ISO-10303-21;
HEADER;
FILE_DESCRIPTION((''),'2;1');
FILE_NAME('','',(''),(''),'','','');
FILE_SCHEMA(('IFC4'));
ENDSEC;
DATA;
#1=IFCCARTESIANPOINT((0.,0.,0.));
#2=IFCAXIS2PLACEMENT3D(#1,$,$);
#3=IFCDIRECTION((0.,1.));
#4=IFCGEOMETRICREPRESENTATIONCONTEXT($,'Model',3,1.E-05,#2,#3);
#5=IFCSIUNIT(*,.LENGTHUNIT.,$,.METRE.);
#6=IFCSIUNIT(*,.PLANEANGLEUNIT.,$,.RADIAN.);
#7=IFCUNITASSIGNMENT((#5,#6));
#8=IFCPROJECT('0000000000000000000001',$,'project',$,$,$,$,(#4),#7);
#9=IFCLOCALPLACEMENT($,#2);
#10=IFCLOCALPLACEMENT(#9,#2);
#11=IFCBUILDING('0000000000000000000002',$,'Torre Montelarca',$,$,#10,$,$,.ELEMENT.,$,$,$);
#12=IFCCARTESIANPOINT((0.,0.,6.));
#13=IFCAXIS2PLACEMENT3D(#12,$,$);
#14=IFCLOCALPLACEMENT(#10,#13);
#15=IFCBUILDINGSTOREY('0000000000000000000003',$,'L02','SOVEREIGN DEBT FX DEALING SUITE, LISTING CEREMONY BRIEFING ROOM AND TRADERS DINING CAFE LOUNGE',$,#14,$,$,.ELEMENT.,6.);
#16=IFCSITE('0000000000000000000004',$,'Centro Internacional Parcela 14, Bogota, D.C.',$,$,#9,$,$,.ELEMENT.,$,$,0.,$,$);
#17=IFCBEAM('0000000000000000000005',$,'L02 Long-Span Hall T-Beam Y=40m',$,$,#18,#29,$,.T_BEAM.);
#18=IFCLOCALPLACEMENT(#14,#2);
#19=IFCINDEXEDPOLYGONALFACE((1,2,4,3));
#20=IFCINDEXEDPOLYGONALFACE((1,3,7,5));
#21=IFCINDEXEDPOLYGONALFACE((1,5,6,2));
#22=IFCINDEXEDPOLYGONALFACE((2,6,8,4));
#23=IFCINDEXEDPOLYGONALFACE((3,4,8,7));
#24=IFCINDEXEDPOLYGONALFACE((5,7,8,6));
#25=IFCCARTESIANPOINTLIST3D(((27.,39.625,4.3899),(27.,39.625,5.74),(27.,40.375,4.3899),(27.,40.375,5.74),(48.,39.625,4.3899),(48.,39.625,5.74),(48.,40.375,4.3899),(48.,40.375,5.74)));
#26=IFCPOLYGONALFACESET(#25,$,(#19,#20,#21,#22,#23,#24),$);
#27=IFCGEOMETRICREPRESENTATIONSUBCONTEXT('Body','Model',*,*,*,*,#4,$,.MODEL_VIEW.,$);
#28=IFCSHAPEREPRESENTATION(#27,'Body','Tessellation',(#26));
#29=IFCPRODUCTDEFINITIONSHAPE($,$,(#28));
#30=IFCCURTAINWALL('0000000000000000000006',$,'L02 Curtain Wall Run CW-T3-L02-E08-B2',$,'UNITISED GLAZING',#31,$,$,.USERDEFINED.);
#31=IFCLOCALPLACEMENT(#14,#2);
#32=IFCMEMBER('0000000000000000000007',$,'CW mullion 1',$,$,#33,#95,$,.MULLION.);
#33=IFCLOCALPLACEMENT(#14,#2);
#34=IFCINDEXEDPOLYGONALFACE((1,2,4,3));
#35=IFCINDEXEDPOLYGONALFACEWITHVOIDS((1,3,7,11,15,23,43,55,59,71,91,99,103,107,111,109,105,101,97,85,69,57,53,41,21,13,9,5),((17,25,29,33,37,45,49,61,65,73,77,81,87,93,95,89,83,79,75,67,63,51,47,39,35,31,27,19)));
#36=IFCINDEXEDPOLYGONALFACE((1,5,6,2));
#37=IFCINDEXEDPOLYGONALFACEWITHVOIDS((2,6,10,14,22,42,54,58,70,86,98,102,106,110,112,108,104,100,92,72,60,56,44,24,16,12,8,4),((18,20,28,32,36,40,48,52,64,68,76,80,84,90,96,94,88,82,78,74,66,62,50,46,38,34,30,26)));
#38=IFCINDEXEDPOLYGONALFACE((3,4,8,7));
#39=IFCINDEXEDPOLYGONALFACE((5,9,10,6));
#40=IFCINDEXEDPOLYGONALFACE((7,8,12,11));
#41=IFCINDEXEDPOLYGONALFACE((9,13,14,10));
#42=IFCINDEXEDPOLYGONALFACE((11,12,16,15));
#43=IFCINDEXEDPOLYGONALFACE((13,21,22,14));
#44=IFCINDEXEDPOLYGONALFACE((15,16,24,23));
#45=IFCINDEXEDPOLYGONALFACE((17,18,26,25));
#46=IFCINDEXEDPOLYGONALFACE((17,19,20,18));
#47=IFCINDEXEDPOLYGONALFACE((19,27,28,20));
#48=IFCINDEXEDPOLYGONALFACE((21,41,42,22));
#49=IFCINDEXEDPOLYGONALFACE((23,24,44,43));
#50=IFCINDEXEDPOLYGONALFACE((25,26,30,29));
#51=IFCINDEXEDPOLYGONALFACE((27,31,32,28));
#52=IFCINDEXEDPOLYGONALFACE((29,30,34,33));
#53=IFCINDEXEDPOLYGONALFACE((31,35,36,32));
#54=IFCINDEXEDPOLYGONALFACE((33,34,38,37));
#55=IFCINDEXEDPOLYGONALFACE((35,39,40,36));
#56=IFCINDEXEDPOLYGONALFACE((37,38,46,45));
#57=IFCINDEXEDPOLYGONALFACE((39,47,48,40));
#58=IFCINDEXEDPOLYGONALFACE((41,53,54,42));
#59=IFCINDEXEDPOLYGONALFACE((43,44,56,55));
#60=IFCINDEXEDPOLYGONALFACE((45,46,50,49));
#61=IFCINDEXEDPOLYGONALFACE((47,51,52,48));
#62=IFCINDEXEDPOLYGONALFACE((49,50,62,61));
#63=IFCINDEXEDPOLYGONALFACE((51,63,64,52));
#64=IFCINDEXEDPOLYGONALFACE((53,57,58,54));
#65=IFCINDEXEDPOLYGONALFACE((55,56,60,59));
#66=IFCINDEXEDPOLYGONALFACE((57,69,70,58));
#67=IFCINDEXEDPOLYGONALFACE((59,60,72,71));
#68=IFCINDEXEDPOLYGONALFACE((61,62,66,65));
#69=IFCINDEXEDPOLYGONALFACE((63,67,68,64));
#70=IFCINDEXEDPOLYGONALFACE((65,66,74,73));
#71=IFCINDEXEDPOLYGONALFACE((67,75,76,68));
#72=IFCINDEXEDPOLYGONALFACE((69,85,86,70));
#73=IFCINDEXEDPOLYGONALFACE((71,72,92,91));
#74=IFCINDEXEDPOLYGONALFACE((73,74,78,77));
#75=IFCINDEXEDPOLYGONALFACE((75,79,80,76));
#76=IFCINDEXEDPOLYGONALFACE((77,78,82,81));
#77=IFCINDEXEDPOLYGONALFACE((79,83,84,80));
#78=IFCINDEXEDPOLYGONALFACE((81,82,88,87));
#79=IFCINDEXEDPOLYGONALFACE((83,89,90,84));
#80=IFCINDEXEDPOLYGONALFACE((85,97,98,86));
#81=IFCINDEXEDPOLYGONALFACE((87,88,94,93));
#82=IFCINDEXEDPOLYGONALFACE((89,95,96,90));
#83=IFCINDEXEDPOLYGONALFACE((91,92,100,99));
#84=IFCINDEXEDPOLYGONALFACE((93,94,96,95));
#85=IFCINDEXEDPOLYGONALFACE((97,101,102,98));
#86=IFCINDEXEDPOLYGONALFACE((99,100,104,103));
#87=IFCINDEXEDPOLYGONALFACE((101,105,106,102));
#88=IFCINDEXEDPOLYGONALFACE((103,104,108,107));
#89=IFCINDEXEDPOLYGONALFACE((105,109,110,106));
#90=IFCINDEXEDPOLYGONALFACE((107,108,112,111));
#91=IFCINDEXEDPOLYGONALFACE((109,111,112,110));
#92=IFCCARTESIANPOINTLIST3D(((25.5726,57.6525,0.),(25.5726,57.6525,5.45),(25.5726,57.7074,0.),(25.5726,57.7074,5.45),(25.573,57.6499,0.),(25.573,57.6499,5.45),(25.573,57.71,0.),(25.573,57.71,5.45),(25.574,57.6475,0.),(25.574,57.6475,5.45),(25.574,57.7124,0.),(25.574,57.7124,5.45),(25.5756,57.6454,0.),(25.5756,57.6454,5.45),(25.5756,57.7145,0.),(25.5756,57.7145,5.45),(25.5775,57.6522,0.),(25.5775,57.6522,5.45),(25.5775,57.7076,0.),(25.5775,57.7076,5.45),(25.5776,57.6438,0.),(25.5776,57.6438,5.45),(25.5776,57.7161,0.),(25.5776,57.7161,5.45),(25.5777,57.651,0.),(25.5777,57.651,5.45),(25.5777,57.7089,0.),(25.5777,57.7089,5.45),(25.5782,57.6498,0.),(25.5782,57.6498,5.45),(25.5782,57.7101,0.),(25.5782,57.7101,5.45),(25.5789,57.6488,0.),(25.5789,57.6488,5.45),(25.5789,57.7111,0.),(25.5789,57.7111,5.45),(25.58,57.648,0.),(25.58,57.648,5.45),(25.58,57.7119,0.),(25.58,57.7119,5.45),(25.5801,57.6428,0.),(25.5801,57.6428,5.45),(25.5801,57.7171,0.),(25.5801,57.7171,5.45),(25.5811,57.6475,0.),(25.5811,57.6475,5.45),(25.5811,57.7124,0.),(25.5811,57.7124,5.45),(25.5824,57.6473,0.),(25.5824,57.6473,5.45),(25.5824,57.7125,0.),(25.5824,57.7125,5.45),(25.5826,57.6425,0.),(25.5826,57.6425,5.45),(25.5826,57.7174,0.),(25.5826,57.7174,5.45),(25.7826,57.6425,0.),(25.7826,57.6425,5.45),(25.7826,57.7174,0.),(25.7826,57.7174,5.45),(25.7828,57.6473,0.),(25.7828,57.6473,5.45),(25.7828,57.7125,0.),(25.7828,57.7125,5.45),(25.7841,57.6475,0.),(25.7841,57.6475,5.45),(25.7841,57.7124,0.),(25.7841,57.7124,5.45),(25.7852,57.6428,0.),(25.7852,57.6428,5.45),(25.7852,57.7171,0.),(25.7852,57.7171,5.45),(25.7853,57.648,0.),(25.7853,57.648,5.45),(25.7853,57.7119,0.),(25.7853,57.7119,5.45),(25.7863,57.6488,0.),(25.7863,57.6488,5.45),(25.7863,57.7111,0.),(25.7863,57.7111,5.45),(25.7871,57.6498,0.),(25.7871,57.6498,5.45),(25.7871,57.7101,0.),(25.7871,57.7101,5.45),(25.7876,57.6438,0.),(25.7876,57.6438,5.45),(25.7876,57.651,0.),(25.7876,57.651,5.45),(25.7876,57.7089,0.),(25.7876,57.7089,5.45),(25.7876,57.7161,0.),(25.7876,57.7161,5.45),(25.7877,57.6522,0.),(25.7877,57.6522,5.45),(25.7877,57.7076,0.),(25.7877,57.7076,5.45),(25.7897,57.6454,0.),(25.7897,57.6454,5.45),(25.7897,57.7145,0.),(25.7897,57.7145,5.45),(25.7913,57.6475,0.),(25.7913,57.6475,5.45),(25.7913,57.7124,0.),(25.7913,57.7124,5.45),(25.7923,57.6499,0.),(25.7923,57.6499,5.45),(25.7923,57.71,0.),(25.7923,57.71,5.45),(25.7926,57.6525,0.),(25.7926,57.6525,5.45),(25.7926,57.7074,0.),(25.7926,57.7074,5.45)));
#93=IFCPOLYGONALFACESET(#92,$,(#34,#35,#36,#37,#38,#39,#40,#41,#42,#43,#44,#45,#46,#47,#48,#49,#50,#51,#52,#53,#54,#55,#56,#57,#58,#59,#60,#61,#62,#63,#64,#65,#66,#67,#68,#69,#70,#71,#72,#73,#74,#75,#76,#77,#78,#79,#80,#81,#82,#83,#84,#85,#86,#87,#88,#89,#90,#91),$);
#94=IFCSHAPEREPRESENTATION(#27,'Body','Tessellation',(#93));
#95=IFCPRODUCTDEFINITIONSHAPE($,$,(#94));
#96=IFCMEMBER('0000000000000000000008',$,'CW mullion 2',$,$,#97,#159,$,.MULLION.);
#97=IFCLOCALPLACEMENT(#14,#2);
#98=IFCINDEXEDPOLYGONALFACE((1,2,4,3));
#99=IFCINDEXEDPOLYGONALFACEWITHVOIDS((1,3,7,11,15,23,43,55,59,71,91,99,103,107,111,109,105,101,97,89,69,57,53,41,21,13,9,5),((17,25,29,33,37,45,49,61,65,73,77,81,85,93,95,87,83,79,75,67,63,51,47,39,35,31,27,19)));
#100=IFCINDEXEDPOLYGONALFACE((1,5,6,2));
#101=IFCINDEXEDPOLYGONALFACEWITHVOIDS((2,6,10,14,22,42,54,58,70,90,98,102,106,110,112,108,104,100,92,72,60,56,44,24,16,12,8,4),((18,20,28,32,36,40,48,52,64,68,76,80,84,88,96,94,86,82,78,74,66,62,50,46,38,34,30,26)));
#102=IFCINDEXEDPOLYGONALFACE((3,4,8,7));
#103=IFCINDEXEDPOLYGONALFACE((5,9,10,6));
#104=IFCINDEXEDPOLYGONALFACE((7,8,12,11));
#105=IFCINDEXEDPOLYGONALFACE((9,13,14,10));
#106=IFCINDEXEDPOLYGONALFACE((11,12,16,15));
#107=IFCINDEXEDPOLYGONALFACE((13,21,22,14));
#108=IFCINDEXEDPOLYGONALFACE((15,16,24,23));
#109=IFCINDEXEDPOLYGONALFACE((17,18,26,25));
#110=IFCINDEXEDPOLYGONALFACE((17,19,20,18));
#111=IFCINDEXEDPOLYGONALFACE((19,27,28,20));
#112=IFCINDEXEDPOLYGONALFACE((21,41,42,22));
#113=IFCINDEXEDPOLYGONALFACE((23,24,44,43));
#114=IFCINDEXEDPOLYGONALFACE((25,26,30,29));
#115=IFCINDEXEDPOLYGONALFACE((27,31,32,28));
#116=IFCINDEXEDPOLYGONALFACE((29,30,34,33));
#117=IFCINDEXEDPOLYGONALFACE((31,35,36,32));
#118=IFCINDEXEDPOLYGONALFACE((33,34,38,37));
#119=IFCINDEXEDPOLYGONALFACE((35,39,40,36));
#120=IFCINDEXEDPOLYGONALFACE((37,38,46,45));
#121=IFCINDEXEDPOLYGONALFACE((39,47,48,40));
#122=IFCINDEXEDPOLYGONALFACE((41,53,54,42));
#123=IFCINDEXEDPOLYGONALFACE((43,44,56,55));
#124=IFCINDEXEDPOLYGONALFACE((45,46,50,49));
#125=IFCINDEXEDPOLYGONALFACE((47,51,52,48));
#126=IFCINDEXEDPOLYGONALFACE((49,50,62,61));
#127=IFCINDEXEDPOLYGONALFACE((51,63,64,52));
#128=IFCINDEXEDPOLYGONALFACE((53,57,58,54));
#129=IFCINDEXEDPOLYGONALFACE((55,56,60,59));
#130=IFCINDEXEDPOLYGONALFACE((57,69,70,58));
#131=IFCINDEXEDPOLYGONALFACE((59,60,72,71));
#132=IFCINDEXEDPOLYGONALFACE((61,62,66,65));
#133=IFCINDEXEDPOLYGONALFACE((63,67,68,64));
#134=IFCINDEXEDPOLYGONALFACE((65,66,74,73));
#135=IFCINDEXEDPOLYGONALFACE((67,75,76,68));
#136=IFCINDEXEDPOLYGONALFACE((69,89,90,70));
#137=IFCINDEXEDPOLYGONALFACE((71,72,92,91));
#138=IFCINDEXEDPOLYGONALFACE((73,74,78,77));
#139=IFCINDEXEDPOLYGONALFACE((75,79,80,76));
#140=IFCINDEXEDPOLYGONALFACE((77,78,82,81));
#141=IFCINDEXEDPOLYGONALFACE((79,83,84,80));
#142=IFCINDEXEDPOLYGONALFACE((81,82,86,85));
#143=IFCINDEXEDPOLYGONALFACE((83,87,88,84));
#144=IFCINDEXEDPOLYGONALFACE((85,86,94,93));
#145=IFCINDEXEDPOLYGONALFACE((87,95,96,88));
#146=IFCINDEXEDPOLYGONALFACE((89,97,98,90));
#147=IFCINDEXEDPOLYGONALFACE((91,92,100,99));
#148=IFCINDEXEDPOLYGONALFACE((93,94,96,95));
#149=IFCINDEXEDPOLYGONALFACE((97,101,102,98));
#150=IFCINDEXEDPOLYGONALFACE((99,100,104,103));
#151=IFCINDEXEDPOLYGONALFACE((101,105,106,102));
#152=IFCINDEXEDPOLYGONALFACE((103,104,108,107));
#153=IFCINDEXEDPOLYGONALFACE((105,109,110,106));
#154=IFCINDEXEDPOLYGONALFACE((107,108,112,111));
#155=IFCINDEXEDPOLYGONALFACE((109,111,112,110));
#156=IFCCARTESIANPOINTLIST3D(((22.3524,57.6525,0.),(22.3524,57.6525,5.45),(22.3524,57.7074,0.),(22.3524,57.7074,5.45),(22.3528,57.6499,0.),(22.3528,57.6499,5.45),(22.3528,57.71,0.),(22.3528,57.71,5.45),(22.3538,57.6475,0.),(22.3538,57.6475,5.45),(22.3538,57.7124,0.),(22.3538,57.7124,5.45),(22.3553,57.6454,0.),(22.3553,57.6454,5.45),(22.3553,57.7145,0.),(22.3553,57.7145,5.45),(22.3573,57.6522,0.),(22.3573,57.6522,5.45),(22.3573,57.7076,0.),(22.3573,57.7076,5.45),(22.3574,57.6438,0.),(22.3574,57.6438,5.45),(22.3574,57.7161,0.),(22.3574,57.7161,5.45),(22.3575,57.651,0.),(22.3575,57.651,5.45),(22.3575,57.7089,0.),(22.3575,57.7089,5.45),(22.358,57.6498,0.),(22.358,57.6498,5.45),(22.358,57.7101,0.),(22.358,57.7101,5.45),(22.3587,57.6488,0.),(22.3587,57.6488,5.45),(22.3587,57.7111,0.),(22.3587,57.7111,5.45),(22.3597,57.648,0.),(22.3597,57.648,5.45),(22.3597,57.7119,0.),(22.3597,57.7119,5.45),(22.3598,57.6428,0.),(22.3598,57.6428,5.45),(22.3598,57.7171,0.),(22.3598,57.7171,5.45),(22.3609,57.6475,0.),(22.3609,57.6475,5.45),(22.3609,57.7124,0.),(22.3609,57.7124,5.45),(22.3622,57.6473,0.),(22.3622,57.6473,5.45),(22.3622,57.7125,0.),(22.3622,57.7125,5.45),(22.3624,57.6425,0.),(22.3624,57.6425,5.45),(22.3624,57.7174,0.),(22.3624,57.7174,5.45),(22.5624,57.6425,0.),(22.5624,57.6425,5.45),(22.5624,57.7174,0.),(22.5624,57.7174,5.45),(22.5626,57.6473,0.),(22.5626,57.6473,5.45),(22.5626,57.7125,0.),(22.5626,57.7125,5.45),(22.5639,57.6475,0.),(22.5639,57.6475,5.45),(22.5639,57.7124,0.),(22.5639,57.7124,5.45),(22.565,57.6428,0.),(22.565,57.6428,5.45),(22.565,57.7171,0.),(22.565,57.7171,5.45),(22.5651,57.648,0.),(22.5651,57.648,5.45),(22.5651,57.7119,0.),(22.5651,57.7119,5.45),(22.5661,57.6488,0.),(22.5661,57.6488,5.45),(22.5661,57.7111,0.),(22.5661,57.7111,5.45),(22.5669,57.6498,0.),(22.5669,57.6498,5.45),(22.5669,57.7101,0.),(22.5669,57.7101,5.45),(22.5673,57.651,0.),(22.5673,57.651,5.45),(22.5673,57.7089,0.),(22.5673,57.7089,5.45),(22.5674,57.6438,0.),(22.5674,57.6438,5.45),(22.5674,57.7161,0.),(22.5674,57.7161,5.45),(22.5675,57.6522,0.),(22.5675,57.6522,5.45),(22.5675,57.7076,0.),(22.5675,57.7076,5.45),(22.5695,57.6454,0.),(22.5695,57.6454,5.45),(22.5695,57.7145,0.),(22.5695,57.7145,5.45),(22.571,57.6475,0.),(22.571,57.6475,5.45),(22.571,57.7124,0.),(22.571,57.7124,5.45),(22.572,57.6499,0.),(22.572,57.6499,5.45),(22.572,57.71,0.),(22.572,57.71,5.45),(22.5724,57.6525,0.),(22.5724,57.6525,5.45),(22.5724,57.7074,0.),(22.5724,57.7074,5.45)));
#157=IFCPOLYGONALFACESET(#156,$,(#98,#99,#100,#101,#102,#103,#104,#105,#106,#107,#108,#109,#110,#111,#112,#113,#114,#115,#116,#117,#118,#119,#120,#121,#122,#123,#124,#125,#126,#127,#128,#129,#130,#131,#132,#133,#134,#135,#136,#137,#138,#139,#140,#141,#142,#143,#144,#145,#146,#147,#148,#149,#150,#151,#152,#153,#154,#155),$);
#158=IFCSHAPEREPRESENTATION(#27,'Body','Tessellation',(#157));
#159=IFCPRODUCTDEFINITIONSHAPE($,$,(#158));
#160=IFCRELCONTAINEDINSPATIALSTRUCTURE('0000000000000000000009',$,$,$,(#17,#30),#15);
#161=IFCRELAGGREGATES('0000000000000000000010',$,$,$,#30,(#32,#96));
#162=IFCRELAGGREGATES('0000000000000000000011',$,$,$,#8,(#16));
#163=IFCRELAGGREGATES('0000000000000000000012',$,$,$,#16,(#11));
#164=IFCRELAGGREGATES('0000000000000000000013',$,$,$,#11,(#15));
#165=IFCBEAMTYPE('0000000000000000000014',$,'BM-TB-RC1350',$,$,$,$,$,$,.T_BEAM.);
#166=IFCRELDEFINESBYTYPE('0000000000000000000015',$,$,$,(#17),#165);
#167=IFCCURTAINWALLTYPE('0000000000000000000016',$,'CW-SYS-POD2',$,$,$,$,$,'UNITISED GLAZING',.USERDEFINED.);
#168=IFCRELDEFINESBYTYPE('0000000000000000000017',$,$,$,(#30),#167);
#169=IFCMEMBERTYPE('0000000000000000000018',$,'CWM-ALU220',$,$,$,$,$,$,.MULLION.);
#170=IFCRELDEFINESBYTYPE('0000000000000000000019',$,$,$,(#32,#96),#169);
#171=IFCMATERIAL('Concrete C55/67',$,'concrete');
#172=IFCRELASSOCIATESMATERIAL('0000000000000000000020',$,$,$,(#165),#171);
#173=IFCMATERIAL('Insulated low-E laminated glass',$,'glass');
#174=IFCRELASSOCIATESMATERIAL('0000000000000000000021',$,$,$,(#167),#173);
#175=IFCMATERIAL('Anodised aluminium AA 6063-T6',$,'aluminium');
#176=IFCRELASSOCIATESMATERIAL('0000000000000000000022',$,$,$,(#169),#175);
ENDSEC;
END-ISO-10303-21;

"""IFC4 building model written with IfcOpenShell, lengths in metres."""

from ifc_helpers import new_model, si_unit, direction, frame, origin, origin_2d, place, context, subcontext, project, spatial, rectangle, hollow_rectangle, extrude, source, transform, mapped, material, material_profile, profile_set, type_object, element, aggregate, save


model = new_model("IFC4")

# Units and contexts
model_context = context("Model", 3, precision=1e-05, world=origin(), true_north=direction((0.0, 1.0)))
body_context = subcontext(model_context, "Body", "Model", "MODEL_VIEW")
ifc_project = project(units=[si_unit("LENGTHUNIT", "METRE"), si_unit("PLANEANGLEUNIT", "RADIAN")], contexts=[model_context])

# Site, building, storey
site_placement = place(None, origin())
site = spatial("IfcSite", under=ifc_project, at=site_placement, Name="Centro Internacional Parcela 14, Bogota, D.C.", CompositionType="ELEMENT", RefElevation=0.0)
building_placement = place(site_placement, origin())
building = spatial("IfcBuilding", under=site, at=building_placement, Name="Torre Montelarca", CompositionType="ELEMENT")
storey_placement = place(building_placement, frame((0.0, 0.0, 6.0)))
storey = spatial("IfcBuildingStorey", under=building, at=storey_placement, Name="L02", Description="SOVEREIGN DEBT FX DEALING SUITE, LISTING CEREMONY BRIEFING ROOM AND TRADERS DINING CAFE LOUNGE", CompositionType="ELEMENT", Elevation=6.0)

# Beam
ifc_material_1 = material(Name="Concrete C55/67", Category="concrete")
ifc_material_profile_1 = material_profile(ifc_material_1, rectangle(XDim=0.75, YDim=1.3501, at=origin_2d()), Name="RCB750X1350", Category="concrete")
ifc_profile_set_1 = profile_set([ifc_material_profile_1], Name="Concrete C55/67")
beam_type_1 = type_object("IfcBeamType", Name="BM-TB-RC1350", PredefinedType="T_BEAM", material=ifc_profile_set_1)
shared_shape_1 = source(origin(), body_context, "Body", "SweptSolid", [
    extrude(rectangle(XDim=0.75, YDim=1.3501, at=origin_2d()), origin(), (0.0, 0.0, 1.0), 21.0),
])
beam_1_placement = place(storey_placement, frame((27.0, 40.0, 5.0649), z_axis=(1.0, 0.0, 0.0), x_axis=(0.0, 1.0, 0.0)))
element("IfcBeam", 1, at=beam_1_placement, inside=storey, type_object=beam_type_1, Name="L02 Long-Span Hall T-Beam Y=40m", PredefinedType="T_BEAM", context=body_context, shape_type="MappedRepresentation", body=[
    mapped(shared_shape_1, transform((0.0, 0.0, 0.0), scale=1.0)),
])

# Curtain wall, members
ifc_material_2 = material(Name="Insulated low-E laminated glass", Category="glass")
curtain_wall_type = type_object("IfcCurtainWallType", Name="CW-SYS-POD2", ElementType="UNITISED GLAZING", PredefinedType="USERDEFINED", material=ifc_material_2)
curtain_wall_1_placement = place(storey_placement, origin())
curtain_wall_1 = element("IfcCurtainWall", 2, at=curtain_wall_1_placement, inside=storey, type_object=curtain_wall_type, Name="L02 Curtain Wall Run CW-T3-L02-E08-B2", ObjectType="UNITISED GLAZING", PredefinedType="USERDEFINED")
ifc_material_3 = material(Name="Anodised aluminium AA 6063-T6", Category="aluminium")
ifc_material_profile_2 = material_profile(ifc_material_3, hollow_rectangle(XDim=0.075, YDim=0.22, WallThickness=0.0049, InnerFilletRadius=0.0049, OuterFilletRadius=0.01, at=origin_2d()), Name="ALU75X220X5", Category="aluminium")
ifc_profile_set_2 = profile_set([ifc_material_profile_2], Name="Anodised aluminium AA 6063-T6")
member_type_1 = type_object("IfcMemberType", Name="CWM-ALU220", PredefinedType="MULLION", material=ifc_profile_set_2)
shared_shape_2 = source(origin(), body_context, "Body", "SweptSolid", [
    extrude(hollow_rectangle(XDim=0.075, YDim=0.22, WallThickness=0.0049, InnerFilletRadius=0.0049, OuterFilletRadius=0.01, at=origin_2d()), origin(), (0.0, 0.0, 1.0), 5.45),
])
member_1_placement = place(storey_placement, frame((25.6826, 57.6799, 0.0), z_axis=(0.0, 0.0, 1.0), x_axis=(0.0, -1.0, 0.0)))
member_1 = element("IfcMember", 3, at=member_1_placement, type_object=member_type_1, Name="CW mullion 1", PredefinedType="MULLION", context=body_context, shape_type="MappedRepresentation", body=[
    mapped(shared_shape_2, transform((0.0, 0.0, 0.0), scale=1.0)),
])
member_2_placement = place(storey_placement, frame((22.4624, 57.6799, 0.0), z_axis=(0.0, 0.0, 1.0), x_axis=(0.0, -1.0, 0.0)))
member_2 = element("IfcMember", 4, at=member_2_placement, type_object=member_type_1, Name="CW mullion 2", PredefinedType="MULLION", context=body_context, shape_type="MappedRepresentation", body=[
    mapped(shared_shape_2, transform((0.0, 0.0, 0.0), scale=1.0)),
])

aggregate(curtain_wall_1, [member_1, member_2])

save(model, "model.ifc")
